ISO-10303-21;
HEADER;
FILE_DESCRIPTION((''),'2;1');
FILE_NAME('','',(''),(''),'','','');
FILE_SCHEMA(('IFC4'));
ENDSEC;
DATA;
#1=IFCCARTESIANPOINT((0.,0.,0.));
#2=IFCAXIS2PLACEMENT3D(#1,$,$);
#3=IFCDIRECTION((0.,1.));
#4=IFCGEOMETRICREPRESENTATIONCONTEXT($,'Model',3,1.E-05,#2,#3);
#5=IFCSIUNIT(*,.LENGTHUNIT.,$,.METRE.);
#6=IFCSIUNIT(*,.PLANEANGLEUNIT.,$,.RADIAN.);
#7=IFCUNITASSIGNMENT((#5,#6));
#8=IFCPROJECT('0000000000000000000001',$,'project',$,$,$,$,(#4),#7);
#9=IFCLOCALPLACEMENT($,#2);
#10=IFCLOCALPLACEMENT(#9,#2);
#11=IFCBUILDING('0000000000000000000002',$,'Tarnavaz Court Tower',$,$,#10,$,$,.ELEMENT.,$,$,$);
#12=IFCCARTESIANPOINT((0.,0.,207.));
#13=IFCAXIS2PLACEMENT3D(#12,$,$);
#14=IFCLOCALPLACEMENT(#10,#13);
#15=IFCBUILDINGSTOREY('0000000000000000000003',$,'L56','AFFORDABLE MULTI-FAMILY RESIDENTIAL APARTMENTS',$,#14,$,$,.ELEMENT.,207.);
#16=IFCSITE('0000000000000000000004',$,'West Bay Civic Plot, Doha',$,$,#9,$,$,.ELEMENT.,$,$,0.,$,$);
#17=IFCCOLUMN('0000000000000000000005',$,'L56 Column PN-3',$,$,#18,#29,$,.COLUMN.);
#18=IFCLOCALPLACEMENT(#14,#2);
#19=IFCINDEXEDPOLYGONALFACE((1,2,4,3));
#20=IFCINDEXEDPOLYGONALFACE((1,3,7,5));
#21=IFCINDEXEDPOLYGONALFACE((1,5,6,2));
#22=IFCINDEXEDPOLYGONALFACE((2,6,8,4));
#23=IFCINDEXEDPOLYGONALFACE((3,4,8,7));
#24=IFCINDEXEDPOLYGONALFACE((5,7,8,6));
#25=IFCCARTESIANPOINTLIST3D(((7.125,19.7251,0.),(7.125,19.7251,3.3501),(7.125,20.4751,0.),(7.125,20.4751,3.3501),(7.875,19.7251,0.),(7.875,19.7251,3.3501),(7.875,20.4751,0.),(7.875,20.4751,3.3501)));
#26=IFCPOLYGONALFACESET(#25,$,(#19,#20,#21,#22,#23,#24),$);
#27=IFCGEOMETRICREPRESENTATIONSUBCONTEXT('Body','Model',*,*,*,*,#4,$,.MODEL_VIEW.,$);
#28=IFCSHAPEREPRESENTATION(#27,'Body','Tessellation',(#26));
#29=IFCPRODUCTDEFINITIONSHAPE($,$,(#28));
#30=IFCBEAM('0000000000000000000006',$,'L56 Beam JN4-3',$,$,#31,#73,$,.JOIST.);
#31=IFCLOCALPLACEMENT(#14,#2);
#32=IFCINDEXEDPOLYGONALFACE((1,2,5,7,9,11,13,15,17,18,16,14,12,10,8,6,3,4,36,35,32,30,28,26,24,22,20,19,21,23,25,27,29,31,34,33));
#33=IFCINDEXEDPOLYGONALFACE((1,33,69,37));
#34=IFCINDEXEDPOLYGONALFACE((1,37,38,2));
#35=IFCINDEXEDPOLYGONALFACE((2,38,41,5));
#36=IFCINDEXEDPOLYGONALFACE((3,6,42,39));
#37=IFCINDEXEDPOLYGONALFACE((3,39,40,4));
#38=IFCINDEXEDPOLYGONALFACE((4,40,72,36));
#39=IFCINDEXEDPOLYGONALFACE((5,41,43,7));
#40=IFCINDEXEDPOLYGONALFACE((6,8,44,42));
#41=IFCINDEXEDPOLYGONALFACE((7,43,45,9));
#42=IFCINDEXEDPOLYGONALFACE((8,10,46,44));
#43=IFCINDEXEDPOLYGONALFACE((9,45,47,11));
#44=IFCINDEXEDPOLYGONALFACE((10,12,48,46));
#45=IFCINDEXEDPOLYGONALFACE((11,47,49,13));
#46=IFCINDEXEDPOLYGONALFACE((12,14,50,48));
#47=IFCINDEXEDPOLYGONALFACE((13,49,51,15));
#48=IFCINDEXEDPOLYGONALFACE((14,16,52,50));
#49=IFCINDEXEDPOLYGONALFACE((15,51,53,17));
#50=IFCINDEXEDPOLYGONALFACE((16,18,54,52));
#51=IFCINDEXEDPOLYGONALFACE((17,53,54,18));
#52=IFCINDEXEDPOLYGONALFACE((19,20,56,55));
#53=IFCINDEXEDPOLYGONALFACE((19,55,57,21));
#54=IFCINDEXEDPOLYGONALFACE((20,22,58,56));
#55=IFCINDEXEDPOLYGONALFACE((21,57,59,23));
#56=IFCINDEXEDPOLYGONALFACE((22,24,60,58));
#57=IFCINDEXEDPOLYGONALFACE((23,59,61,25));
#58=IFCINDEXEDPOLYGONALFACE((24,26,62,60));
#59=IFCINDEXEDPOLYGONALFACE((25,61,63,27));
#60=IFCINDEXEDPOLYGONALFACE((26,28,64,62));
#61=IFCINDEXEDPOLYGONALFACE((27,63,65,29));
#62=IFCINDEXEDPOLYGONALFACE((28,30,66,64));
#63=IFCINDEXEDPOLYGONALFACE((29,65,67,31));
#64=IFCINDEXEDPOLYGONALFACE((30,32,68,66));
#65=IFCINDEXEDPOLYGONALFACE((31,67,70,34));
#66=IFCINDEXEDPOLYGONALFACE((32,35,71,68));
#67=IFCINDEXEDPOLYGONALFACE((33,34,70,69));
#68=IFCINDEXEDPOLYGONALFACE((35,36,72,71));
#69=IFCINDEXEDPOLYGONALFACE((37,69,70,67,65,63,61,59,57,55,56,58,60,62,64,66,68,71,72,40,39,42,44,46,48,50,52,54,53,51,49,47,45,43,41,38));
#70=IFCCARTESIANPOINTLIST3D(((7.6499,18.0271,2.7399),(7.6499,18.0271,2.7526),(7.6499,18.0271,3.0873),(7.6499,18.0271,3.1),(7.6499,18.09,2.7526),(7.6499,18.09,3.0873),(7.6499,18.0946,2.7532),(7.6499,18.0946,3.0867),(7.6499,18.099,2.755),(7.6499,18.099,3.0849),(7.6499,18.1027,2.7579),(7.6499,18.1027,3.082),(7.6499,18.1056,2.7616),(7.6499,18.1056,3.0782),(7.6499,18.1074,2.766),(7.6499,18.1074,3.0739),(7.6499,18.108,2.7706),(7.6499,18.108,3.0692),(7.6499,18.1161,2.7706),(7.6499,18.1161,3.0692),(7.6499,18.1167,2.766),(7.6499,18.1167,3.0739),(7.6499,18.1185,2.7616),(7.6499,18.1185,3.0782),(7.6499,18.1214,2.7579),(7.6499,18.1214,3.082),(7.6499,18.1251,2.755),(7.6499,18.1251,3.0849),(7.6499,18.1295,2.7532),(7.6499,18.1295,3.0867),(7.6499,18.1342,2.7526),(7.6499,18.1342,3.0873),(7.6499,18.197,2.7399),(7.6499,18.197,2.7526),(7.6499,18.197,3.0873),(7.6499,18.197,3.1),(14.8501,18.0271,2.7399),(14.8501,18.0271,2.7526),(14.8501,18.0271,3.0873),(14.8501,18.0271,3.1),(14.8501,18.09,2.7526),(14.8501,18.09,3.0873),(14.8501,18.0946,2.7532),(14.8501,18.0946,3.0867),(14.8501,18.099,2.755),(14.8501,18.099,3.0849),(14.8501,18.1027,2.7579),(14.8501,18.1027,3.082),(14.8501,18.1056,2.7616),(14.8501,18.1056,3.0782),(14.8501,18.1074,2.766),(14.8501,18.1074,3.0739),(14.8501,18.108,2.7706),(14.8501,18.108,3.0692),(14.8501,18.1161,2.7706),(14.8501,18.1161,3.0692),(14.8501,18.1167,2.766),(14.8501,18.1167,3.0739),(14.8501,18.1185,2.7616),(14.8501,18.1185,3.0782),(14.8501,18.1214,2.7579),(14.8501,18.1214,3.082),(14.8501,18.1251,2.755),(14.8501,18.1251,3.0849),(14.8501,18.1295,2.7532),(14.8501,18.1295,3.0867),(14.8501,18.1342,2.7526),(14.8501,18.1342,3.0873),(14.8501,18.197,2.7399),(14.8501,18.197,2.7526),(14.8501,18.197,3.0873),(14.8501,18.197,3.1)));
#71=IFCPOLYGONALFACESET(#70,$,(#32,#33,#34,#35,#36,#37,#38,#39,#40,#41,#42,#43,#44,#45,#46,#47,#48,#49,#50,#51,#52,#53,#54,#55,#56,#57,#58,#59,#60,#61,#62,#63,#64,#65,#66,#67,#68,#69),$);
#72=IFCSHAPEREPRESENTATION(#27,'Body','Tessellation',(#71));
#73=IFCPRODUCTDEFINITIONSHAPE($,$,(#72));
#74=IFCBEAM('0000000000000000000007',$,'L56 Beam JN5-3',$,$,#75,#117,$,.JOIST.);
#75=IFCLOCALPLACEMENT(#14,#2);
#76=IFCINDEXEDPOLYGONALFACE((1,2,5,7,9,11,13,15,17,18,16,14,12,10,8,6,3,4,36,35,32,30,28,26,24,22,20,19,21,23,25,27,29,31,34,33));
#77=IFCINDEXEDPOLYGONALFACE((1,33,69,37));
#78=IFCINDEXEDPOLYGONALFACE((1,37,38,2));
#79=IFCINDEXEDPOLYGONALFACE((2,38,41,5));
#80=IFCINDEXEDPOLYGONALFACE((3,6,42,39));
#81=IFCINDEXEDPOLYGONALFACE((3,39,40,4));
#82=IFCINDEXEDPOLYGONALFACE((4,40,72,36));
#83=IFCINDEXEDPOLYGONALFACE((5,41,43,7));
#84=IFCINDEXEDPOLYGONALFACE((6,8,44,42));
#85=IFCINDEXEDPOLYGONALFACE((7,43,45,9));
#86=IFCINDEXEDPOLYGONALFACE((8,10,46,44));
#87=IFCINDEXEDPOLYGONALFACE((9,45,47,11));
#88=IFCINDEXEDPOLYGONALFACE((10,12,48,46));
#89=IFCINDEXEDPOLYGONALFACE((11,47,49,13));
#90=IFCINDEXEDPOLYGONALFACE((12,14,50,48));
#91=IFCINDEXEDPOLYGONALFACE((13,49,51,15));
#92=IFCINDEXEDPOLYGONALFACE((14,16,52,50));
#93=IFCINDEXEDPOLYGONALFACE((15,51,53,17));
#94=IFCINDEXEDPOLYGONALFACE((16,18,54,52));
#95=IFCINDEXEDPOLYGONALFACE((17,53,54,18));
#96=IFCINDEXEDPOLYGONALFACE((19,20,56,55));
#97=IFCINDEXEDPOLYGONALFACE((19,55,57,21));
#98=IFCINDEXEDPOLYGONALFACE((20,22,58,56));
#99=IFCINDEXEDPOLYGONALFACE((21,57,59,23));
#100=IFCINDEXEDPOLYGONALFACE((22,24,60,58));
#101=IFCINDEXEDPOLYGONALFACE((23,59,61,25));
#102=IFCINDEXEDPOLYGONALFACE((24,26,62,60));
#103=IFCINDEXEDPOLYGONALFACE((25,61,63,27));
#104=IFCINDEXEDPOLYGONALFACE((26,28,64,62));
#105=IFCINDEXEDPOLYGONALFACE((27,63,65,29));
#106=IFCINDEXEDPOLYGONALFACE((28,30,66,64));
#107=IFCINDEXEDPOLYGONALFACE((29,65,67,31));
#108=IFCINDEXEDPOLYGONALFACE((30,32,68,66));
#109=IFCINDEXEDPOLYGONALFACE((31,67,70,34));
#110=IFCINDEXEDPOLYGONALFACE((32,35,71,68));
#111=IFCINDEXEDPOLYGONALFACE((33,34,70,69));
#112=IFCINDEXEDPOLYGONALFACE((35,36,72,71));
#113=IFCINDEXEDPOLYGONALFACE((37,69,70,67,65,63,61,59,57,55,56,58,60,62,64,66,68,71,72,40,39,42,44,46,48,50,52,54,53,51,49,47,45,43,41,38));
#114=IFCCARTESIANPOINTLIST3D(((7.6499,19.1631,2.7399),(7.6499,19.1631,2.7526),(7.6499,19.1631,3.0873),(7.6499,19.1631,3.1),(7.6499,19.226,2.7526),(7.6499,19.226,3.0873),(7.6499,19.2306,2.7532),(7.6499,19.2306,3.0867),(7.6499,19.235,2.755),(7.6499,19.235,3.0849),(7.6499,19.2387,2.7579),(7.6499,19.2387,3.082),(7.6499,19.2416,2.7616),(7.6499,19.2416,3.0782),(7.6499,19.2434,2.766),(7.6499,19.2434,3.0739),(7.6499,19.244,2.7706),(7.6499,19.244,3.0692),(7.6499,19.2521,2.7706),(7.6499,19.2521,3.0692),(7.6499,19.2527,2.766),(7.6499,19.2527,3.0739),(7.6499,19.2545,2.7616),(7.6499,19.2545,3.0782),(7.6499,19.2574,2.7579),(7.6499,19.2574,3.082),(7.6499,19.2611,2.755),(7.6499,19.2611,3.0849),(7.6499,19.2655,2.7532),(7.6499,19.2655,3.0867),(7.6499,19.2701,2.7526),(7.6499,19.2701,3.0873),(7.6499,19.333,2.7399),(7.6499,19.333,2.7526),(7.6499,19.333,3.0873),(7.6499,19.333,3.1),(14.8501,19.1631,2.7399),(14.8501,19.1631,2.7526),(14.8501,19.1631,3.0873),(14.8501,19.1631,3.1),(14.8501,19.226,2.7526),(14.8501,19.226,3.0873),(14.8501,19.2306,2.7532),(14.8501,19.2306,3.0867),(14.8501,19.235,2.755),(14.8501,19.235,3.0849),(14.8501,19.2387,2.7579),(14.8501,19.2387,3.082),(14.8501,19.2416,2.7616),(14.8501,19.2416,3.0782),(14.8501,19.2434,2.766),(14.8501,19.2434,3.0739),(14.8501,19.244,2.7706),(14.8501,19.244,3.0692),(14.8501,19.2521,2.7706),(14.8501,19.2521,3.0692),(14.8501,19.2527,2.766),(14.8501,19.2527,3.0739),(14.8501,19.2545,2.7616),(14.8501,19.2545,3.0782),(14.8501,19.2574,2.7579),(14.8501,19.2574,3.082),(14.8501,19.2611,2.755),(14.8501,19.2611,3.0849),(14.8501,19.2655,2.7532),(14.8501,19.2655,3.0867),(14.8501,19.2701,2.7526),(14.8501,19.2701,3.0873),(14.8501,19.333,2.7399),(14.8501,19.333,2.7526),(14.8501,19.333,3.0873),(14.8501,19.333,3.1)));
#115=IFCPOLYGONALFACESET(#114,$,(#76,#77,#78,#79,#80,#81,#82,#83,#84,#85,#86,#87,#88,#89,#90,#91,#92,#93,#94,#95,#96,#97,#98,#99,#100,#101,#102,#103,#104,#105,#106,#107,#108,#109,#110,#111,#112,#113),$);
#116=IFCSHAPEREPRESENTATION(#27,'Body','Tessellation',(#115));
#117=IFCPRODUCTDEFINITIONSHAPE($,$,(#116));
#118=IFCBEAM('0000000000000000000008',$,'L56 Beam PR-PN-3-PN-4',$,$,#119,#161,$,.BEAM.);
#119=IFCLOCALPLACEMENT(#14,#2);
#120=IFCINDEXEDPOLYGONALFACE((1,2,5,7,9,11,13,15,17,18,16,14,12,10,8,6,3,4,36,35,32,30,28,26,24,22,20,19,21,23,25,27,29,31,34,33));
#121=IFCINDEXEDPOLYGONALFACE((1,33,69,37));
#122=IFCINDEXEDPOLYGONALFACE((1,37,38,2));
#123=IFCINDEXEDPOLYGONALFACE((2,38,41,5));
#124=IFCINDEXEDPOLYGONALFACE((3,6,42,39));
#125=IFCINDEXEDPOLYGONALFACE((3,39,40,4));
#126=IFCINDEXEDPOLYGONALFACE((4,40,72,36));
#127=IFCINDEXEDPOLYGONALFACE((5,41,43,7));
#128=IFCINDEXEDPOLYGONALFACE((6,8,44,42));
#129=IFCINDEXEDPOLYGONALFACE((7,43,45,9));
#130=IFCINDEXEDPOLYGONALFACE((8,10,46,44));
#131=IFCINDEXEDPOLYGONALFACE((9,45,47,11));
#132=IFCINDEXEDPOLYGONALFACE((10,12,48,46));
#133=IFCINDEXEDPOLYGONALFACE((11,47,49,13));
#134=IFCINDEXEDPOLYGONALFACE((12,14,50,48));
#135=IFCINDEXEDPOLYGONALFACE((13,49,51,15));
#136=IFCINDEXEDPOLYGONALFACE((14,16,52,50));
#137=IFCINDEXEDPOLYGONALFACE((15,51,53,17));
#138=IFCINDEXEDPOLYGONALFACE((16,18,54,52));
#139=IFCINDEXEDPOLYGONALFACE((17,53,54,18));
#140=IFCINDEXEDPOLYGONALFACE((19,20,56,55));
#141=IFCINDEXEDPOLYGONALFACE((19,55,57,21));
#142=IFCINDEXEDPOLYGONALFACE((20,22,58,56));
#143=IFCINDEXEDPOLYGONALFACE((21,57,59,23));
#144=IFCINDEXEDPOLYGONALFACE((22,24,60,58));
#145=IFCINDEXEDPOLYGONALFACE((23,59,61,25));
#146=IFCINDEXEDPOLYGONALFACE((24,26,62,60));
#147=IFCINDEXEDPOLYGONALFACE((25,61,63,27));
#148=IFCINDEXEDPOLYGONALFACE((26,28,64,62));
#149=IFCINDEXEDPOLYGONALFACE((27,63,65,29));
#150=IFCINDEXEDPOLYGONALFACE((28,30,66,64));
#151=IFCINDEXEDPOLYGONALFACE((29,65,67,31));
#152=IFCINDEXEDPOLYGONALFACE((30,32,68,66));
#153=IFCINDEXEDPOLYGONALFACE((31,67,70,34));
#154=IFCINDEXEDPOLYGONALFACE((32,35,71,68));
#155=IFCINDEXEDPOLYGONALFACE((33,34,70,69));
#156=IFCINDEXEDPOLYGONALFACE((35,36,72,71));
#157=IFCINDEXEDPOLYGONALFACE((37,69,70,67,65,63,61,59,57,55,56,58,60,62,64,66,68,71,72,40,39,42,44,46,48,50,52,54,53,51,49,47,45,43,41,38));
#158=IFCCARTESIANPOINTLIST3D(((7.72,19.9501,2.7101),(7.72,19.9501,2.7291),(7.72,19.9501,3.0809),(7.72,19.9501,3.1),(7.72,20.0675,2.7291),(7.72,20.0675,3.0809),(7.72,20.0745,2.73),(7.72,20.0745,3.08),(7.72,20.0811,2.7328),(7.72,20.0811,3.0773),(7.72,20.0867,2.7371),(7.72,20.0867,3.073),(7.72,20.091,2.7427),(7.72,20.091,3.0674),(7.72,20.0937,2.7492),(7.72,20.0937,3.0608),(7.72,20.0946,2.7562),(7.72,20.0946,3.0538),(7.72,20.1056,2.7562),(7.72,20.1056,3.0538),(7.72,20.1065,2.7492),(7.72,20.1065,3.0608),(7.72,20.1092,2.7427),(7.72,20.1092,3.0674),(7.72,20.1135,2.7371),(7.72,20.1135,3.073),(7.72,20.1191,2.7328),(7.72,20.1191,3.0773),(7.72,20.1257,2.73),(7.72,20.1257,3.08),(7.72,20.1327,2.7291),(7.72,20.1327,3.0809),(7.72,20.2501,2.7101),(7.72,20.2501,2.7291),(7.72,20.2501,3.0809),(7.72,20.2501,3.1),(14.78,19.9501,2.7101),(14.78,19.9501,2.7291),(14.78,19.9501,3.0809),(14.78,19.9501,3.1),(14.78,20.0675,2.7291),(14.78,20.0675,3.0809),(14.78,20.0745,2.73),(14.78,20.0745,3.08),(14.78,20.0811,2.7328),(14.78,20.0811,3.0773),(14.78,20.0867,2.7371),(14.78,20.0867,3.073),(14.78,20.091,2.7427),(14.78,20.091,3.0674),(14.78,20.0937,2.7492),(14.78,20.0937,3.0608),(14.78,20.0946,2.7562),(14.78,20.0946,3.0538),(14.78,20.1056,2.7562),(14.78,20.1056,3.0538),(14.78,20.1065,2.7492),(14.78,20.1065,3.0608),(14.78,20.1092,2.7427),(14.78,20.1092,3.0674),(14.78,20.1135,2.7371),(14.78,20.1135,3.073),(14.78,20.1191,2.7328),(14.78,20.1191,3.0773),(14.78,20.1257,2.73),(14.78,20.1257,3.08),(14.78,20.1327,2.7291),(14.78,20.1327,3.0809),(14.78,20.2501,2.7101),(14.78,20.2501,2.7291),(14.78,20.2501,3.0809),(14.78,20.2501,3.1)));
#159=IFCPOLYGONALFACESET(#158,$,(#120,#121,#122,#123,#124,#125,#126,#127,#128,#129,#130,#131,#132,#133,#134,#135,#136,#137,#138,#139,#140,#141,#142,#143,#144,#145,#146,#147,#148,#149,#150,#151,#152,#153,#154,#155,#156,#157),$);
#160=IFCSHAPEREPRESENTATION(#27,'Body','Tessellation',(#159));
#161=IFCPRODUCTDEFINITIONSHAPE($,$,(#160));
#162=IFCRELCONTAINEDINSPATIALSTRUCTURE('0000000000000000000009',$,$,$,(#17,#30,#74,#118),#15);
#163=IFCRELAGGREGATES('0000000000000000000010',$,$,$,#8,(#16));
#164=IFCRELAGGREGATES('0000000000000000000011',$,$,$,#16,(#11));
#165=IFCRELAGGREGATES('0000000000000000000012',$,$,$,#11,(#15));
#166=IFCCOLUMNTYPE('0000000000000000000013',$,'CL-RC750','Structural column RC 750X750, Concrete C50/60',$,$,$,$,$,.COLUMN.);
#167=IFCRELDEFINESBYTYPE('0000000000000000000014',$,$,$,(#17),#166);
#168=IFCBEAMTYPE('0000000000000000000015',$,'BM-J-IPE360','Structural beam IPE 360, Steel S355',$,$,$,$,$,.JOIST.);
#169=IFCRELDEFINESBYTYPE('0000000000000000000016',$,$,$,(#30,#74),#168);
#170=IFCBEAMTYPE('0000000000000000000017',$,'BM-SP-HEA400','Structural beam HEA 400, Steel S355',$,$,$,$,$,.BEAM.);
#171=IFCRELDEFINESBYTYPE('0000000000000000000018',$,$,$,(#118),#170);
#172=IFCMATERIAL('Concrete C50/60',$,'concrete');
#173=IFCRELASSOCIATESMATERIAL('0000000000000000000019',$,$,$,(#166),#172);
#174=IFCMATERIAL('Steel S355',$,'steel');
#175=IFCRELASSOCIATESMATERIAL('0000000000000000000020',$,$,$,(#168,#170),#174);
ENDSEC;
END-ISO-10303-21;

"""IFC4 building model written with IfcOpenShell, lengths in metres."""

from ifc_helpers import new_model, si_unit, direction, frame, origin, origin_2d, place, context, subcontext, project, spatial, rectangle, i_section, extrude, material, material_profile, profile_set, type_object, element, save


model = new_model("IFC4")

# Units and contexts
model_context = context("Model", 3, precision=1e-05, world=origin(), true_north=direction((0.0, 1.0)))
body_context = subcontext(model_context, "Body", "Model", "MODEL_VIEW")
ifc_project = project(units=[si_unit("LENGTHUNIT", "METRE"), si_unit("PLANEANGLEUNIT", "RADIAN")], contexts=[model_context])

# Site, building, storey
site_placement = place(None, origin())
site = spatial("IfcSite", under=ifc_project, at=site_placement, Name="West Bay Civic Plot, Doha", CompositionType="ELEMENT", RefElevation=0.0)
building_placement = place(site_placement, origin())
building = spatial("IfcBuilding", under=site, at=building_placement, Name="Tarnavaz Court Tower", CompositionType="ELEMENT")
storey_placement = place(building_placement, frame((0.0, 0.0, 207.0)))
storey = spatial("IfcBuildingStorey", under=building, at=storey_placement, Name="L56", Description="AFFORDABLE MULTI-FAMILY RESIDENTIAL APARTMENTS", CompositionType="ELEMENT", Elevation=207.0)

# Column
ifc_material_1 = material(Name="Concrete C50/60", Category="concrete")
ifc_material_profile_1 = material_profile(ifc_material_1, rectangle(XDim=0.75, YDim=0.75, at=origin_2d()), Name="RC 750X750")
ifc_profile_set_1 = profile_set([ifc_material_profile_1], Name="Concrete C50/60")
column_type = type_object("IfcColumnType", Name="CL-RC750", Description="Structural column RC 750X750, Concrete C50/60", PredefinedType="COLUMN", material=ifc_profile_set_1)
column_placement = place(storey_placement, frame((7.5, 20.1001, 0.0), z_axis=(0.0, 0.0, 1.0), x_axis=(1.0, 0.0, 0.0)))
element("IfcColumn", 1, at=column_placement, inside=storey, type_object=column_type, Name="L56 Column PN-3", PredefinedType="COLUMN", context=body_context, shape_type="SweptSolid", body=[
    extrude(rectangle(XDim=0.75, YDim=0.75, at=origin_2d()), origin(), (0.0, 0.0, 1.0), 3.3501),
])

# Beams
ifc_material_2 = material(Name="Steel S355", Category="steel")
ifc_material_profile_2 = material_profile(ifc_material_2, i_section(OverallWidth=0.1699, OverallDepth=0.3601, WebThickness=0.0081, FlangeThickness=0.0127, FilletRadius=0.0181, at=origin_2d()), Name="IPE 360")
ifc_profile_set_2 = profile_set([ifc_material_profile_2], Name="Steel S355")
beam_type_1 = type_object("IfcBeamType", Name="BM-J-IPE360", Description="Structural beam IPE 360, Steel S355", PredefinedType="JOIST", material=ifc_profile_set_2)
for number, where, z_axis, x_axis, name in (
    (2, (7.6499, 18.1121, 2.9199), (1.0, 0.0, 0.0), (0.0, 1.0, 0.0), "L56 Beam JN4-3"),
    (3, (7.6499, 19.248, 2.9199), (1.0, 0.0, 0.0), (0.0, 1.0, 0.0), "L56 Beam JN5-3"),
):
    element("IfcBeam", number, at=place(storey_placement, frame(where, z_axis=z_axis, x_axis=x_axis)), inside=storey, type_object=beam_type_1, Name=name, PredefinedType="JOIST", context=body_context, shape_type="SweptSolid", body=[
        extrude(i_section(OverallWidth=0.1699, OverallDepth=0.3601, WebThickness=0.0081, FlangeThickness=0.0127, FilletRadius=0.0181, at=origin_2d()), origin(), (0.0, 0.0, 1.0), 7.2002),
    ])
ifc_material_profile_3 = material_profile(ifc_material_2, i_section(OverallWidth=0.3, OverallDepth=0.3899, WebThickness=0.011, FlangeThickness=0.019, FilletRadius=0.0271, at=origin_2d()), Name="HEA 400")
ifc_profile_set_3 = profile_set([ifc_material_profile_3], Name="Steel S355")
beam_type_2 = type_object("IfcBeamType", Name="BM-SP-HEA400", Description="Structural beam HEA 400, Steel S355", PredefinedType="BEAM", material=ifc_profile_set_3)
beam_placement = place(storey_placement, frame((7.72, 20.1001, 2.905), z_axis=(1.0, 0.0, 0.0), x_axis=(0.0, 1.0, 0.0)))
element("IfcBeam", 4, at=beam_placement, inside=storey, type_object=beam_type_2, Name="L56 Beam PR-PN-3-PN-4", PredefinedType="BEAM", context=body_context, shape_type="SweptSolid", body=[
    extrude(i_section(OverallWidth=0.3, OverallDepth=0.3899, WebThickness=0.011, FlangeThickness=0.019, FilletRadius=0.0271, at=origin_2d()), origin(), (0.0, 0.0, 1.0), 7.0601),
])

save(model, "model.ifc")
